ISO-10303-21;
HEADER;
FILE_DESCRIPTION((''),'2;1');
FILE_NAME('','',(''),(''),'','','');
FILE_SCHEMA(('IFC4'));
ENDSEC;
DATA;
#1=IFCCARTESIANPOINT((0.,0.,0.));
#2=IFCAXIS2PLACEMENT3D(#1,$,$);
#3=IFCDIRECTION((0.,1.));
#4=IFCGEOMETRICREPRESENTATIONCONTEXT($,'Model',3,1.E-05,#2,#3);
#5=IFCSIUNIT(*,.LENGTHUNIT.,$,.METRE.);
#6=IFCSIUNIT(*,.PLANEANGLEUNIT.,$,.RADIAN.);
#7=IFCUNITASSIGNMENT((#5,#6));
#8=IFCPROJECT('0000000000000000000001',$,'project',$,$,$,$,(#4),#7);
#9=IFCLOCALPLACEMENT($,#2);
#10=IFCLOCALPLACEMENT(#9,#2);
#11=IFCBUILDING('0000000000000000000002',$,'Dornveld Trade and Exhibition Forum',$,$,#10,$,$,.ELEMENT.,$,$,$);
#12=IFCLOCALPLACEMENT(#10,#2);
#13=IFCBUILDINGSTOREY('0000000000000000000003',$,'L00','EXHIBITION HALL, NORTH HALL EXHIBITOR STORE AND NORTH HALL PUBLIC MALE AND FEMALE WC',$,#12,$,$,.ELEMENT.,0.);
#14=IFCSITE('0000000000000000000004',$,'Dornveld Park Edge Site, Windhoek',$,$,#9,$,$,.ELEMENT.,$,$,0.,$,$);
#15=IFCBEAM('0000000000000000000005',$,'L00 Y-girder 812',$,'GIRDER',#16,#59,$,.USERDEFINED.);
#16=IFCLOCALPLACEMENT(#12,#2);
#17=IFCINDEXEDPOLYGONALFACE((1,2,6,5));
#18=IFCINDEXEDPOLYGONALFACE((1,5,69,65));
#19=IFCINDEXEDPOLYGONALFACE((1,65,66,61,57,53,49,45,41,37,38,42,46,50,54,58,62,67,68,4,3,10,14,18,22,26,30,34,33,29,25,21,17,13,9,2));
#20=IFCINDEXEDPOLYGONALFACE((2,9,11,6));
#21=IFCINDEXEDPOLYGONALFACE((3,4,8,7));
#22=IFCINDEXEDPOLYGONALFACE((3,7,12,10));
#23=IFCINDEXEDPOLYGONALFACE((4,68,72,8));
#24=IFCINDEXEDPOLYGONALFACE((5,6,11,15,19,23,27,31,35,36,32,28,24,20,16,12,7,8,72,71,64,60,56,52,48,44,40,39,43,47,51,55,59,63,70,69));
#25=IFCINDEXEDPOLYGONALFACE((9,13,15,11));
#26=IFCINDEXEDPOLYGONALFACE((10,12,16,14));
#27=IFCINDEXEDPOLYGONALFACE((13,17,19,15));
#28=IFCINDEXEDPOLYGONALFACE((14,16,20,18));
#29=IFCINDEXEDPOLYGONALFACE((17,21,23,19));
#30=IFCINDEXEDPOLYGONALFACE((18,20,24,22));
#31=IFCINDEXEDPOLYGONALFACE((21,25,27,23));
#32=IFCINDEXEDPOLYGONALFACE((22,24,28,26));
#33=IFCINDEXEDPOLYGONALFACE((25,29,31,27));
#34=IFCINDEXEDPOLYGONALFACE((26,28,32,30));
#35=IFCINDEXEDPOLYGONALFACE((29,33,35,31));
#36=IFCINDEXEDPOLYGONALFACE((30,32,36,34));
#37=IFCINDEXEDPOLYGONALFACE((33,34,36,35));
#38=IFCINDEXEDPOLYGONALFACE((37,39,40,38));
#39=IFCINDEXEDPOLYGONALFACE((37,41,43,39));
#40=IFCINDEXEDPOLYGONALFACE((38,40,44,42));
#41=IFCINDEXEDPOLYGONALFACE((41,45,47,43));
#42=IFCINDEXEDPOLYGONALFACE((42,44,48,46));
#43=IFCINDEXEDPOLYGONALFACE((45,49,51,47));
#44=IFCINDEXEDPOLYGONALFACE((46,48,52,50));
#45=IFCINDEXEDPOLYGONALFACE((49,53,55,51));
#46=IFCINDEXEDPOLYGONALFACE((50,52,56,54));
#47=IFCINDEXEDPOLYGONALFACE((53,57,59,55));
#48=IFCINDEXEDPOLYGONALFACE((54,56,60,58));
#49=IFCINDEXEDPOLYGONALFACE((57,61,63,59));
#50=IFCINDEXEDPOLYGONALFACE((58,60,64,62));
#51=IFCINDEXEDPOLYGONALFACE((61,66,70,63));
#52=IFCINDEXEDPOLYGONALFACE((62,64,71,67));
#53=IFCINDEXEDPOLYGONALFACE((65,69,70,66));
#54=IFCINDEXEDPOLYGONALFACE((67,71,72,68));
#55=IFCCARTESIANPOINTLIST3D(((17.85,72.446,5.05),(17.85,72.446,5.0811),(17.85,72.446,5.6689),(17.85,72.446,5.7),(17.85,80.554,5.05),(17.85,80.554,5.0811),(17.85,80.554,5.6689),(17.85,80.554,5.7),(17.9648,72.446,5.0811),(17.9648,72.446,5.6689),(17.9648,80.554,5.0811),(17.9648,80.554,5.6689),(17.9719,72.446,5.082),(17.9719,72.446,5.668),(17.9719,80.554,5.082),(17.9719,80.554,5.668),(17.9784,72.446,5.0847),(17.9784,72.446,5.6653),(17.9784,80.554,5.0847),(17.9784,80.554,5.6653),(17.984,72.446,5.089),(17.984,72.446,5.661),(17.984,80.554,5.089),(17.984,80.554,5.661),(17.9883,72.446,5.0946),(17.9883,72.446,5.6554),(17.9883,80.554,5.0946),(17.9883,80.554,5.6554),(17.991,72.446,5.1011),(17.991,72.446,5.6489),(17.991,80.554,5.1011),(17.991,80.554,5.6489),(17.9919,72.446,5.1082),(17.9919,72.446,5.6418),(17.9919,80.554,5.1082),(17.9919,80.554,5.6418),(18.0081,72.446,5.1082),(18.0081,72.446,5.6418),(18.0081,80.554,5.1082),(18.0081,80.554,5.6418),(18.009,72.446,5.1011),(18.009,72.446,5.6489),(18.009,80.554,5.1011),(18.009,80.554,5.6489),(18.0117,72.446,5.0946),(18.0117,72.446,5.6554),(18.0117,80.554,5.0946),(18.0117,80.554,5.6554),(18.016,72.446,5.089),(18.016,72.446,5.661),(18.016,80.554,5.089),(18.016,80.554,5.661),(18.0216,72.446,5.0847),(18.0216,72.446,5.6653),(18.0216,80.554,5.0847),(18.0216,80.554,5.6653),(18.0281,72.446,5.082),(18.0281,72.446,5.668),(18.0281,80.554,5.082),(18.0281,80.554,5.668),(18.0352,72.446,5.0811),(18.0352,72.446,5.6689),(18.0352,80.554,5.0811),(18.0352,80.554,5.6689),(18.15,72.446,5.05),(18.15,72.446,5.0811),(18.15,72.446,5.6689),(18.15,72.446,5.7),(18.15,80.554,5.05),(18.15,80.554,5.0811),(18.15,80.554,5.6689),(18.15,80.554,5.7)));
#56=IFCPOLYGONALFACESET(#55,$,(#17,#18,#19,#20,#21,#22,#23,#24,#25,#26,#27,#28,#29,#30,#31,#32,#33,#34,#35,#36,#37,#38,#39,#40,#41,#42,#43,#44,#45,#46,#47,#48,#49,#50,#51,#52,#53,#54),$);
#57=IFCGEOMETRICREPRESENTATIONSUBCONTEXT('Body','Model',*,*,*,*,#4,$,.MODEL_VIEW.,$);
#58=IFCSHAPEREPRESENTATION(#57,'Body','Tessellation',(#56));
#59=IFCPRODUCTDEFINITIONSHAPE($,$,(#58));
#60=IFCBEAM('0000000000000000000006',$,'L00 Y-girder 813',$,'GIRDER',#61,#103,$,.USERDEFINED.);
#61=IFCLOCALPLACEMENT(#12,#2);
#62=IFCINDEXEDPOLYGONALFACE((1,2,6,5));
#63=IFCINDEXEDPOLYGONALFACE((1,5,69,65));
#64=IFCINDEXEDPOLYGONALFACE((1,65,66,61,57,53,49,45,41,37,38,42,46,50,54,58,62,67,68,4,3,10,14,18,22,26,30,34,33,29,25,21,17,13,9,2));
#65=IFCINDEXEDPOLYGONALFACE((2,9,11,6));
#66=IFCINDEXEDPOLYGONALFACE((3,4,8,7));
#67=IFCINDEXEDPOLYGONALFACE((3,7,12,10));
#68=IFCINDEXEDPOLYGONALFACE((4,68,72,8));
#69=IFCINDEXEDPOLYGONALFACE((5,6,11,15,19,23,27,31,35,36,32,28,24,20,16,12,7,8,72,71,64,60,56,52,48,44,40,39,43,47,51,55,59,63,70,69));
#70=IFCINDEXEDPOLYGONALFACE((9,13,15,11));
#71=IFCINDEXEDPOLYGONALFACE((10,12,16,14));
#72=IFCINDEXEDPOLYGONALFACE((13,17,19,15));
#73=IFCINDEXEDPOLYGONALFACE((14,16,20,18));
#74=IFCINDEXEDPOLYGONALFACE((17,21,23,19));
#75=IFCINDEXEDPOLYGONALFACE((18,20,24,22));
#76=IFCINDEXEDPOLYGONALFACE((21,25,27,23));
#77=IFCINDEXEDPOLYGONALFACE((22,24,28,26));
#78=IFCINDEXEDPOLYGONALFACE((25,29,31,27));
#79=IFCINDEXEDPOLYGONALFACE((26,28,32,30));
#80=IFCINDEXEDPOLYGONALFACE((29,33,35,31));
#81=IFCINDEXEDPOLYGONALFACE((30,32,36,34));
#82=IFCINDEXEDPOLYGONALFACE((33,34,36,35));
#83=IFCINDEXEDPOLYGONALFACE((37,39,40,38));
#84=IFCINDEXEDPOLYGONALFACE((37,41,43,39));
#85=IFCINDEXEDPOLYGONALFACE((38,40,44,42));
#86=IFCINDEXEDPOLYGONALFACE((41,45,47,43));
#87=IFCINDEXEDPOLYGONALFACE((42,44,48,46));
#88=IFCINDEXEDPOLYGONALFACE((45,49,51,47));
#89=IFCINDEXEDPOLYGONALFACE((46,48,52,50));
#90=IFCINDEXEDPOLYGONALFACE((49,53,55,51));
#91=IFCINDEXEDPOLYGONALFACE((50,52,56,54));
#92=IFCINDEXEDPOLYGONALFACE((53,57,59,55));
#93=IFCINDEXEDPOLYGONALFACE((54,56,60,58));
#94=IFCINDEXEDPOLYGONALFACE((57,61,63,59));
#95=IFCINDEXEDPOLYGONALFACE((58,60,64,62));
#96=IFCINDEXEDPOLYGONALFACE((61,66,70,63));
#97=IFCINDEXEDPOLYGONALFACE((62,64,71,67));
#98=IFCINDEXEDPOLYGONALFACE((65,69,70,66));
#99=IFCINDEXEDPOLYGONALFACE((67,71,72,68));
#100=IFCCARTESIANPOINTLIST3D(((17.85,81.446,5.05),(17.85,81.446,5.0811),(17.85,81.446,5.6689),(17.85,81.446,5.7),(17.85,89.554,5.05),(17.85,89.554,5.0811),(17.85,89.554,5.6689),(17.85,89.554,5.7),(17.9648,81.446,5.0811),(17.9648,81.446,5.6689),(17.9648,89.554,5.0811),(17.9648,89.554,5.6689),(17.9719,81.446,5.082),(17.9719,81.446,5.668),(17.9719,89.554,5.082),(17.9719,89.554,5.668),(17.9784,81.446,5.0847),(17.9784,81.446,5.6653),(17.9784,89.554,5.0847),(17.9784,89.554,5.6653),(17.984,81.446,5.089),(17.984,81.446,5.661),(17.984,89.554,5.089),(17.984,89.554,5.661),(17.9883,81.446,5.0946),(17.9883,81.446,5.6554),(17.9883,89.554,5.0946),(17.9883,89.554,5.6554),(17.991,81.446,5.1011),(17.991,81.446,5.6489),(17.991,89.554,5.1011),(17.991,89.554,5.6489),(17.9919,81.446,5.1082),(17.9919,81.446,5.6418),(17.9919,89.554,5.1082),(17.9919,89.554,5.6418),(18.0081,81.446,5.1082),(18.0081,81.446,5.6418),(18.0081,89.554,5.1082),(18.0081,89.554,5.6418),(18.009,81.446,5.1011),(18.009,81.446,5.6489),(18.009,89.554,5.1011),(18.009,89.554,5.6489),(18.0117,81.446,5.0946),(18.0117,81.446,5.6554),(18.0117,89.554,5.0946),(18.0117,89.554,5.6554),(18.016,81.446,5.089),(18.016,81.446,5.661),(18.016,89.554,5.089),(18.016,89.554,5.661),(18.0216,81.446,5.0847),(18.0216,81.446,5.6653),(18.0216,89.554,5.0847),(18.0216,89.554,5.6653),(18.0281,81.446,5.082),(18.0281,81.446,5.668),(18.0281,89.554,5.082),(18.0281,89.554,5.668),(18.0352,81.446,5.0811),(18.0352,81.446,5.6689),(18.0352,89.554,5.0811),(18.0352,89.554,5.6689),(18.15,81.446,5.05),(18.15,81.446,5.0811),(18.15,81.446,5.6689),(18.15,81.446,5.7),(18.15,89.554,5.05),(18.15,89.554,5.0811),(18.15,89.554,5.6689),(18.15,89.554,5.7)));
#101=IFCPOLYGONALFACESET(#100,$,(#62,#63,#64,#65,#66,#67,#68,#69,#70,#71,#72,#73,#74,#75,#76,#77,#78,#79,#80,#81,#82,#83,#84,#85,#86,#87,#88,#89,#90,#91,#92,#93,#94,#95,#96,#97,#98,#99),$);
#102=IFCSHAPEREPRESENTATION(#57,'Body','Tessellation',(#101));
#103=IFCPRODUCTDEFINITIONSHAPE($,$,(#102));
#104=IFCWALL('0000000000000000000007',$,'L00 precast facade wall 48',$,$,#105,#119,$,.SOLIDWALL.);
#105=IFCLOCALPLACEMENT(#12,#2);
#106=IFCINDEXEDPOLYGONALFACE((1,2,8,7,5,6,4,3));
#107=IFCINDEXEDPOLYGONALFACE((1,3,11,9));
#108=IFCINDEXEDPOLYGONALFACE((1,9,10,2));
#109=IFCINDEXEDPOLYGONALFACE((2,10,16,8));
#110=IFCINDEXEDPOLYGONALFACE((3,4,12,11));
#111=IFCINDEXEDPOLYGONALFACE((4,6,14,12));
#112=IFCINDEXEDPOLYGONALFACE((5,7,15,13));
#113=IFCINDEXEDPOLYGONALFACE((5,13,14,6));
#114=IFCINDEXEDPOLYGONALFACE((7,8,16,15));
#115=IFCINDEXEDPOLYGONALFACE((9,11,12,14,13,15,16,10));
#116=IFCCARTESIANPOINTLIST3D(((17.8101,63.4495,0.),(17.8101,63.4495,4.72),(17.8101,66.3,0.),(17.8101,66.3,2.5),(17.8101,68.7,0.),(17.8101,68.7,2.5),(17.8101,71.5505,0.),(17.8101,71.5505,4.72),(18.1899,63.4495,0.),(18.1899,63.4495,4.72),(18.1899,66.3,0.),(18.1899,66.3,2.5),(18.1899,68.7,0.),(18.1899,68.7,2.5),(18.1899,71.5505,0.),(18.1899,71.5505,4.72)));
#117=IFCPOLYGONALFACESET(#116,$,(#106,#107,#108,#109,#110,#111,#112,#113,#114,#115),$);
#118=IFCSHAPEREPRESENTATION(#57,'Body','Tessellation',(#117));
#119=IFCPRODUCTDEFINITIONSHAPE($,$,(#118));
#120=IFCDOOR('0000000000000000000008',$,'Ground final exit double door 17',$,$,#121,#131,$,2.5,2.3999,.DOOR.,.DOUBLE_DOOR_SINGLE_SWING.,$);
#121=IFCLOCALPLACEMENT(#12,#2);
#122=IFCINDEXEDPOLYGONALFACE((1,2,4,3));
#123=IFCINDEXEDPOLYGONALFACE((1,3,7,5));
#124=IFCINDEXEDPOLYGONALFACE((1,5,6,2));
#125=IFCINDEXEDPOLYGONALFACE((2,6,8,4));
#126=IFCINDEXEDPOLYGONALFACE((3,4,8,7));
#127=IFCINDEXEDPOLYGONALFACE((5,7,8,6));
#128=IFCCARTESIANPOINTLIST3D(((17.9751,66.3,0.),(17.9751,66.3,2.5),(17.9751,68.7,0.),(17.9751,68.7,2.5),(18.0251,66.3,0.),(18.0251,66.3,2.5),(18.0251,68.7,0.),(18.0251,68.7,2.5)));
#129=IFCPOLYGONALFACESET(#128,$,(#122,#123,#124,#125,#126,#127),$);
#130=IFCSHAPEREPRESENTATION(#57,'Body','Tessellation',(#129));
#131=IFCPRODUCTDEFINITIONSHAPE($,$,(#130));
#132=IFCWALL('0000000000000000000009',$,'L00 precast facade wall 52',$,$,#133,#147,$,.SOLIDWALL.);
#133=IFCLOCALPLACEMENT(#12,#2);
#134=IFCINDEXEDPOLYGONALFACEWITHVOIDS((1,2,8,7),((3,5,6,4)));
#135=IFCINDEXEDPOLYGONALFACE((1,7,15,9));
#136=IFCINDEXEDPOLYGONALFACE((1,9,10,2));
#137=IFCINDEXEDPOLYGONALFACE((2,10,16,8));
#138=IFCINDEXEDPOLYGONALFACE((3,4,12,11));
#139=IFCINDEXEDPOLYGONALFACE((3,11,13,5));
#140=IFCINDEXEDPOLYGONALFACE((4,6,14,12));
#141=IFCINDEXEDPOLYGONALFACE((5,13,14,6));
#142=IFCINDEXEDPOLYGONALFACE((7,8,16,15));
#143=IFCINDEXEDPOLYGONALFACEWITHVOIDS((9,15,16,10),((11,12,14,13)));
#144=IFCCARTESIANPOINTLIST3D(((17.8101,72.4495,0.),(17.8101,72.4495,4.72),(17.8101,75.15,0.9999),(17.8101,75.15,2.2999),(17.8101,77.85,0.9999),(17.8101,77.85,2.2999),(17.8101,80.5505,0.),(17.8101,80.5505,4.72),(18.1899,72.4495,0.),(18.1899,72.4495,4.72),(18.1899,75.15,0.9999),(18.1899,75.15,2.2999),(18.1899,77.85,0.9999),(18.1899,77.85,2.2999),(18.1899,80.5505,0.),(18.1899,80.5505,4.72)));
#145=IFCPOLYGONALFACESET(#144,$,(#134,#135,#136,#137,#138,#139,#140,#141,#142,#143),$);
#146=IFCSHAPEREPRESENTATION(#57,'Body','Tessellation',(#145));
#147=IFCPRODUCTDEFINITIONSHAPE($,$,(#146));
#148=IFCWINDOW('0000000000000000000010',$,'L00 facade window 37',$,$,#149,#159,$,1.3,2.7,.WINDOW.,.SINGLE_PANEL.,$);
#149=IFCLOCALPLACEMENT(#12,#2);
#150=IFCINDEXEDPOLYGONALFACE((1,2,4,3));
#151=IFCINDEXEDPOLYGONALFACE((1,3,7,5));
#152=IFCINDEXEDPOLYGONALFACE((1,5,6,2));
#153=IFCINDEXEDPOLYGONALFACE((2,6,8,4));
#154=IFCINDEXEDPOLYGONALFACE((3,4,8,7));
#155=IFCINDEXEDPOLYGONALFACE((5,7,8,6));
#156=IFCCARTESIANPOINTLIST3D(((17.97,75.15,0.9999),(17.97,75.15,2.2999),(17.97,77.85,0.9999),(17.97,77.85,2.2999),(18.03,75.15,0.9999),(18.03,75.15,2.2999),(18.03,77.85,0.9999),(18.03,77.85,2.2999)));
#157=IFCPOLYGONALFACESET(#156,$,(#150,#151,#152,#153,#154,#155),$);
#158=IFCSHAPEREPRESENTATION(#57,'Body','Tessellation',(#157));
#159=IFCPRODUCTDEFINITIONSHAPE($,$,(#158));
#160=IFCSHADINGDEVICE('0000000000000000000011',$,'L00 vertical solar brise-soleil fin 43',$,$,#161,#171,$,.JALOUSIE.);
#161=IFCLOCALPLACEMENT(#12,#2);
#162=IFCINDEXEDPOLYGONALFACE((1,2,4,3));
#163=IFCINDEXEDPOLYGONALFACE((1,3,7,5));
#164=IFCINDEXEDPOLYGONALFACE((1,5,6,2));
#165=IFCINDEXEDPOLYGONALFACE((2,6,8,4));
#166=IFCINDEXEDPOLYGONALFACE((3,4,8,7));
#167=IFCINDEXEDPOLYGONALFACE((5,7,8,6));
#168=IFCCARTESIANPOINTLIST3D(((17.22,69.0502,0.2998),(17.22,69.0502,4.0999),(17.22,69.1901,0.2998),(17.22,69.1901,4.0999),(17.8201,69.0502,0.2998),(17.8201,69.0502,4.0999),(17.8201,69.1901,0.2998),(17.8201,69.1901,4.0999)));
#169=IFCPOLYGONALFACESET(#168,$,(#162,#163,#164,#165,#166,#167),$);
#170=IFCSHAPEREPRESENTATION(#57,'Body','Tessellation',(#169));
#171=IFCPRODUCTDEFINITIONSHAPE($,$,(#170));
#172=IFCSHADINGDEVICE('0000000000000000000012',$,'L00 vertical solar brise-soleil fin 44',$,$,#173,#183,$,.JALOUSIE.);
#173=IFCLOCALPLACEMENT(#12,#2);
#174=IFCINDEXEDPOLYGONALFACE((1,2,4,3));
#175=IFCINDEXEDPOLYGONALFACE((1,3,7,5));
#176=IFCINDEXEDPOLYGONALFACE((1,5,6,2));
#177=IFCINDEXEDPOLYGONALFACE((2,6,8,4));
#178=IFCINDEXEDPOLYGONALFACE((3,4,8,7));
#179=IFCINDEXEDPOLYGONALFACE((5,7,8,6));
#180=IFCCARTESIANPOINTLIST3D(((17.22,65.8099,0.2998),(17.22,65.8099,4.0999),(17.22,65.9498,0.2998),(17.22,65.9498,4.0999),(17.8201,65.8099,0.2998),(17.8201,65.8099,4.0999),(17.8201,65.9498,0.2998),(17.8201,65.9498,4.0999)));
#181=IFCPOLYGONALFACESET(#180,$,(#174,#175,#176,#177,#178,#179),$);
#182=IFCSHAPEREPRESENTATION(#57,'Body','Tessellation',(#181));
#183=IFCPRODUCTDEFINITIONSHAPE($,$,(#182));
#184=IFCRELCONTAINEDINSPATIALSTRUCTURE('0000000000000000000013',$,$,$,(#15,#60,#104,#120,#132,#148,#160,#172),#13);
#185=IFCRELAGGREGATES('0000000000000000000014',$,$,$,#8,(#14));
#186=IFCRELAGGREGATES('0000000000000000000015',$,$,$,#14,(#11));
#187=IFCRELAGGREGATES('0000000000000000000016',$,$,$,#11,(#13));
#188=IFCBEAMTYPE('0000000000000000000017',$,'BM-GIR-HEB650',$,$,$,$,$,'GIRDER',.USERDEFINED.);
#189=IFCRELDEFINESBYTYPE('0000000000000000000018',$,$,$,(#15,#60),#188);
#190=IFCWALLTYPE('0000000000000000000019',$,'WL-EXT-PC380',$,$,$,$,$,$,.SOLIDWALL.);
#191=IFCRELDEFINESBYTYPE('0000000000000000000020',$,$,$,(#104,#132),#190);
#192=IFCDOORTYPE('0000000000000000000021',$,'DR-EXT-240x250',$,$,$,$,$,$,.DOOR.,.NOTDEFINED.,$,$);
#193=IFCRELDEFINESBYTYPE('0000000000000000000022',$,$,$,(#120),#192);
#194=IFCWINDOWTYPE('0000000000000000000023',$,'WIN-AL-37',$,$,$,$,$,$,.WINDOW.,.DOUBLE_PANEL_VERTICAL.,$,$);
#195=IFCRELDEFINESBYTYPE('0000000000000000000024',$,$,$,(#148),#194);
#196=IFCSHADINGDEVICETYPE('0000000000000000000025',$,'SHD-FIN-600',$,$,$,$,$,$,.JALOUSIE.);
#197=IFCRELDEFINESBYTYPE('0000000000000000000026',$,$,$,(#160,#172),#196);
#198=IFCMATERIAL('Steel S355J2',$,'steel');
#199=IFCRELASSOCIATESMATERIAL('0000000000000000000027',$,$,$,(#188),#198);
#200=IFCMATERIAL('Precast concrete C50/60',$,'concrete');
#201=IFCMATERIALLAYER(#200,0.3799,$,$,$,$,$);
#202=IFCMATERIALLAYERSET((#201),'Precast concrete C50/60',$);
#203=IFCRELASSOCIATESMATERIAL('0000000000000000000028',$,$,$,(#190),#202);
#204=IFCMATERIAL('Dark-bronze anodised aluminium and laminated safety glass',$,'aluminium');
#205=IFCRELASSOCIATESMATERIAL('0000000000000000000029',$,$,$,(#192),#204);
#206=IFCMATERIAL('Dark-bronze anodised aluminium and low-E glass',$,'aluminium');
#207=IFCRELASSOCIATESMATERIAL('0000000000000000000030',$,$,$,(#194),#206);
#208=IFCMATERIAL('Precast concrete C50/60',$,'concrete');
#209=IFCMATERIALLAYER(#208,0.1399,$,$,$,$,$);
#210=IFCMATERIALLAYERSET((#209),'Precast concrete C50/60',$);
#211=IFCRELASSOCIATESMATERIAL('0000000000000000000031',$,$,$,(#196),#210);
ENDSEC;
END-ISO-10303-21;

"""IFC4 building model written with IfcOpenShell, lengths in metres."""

from ifc_helpers import new_model, si_unit, direction, frame, frame_2d, origin, origin_2d, place, context, subcontext, project, spatial, rectangle, i_section, extrude, material, layer, layer_set, material_profile, profile_set, type_object, element, fill, save


model = new_model("IFC4")

# Units and contexts
model_context = context("Model", 3, precision=1e-05, world=origin(), true_north=direction((0.0, 1.0)))
body_context = subcontext(model_context, "Body", "Model", "MODEL_VIEW")
ifc_project = project(units=[si_unit("LENGTHUNIT", "METRE"), si_unit("PLANEANGLEUNIT", "RADIAN")], contexts=[model_context])

# Site, building, storey
site_placement = place(None, origin())
site = spatial("IfcSite", under=ifc_project, at=site_placement, Name="Dornveld Park Edge Site, Windhoek", CompositionType="ELEMENT", RefElevation=0.0)
building_placement = place(site_placement, origin())
building = spatial("IfcBuilding", under=site, at=building_placement, Name="Dornveld Trade and Exhibition Forum", CompositionType="ELEMENT")
storey_placement = place(building_placement, origin())
storey = spatial("IfcBuildingStorey", under=building, at=storey_placement, Name="L00", Description="EXHIBITION HALL, NORTH HALL EXHIBITOR STORE AND NORTH HALL PUBLIC MALE AND FEMALE WC", CompositionType="ELEMENT", Elevation=0.0)

# Beams
ifc_material_1 = material(Name="Steel S355J2", Category="steel")
ifc_material_profile_1 = material_profile(ifc_material_1, i_section(OverallWidth=0.3, OverallDepth=0.6499, WebThickness=0.0161, FlangeThickness=0.031, FilletRadius=0.0271, at=origin_2d()), Name="HEB 650")
ifc_profile_set_1 = profile_set([ifc_material_profile_1], Name="Steel S355J2")
beam_type_1 = type_object("IfcBeamType", Name="BM-GIR-HEB650", ElementType="GIRDER", PredefinedType="USERDEFINED", material=ifc_profile_set_1)
for number, where, z_axis, x_axis, name in (
    (1, (18.0, 72.446, 5.375), (0.0, 1.0, 0.0), (-1.0, 0.0, 0.0), "L00 Y-girder 812"),
    (2, (18.0, 81.446, 5.375), (0.0, 1.0, 0.0), (-1.0, 0.0, 0.0), "L00 Y-girder 813"),
):
    element("IfcBeam", number, at=place(storey_placement, frame(where, z_axis=z_axis, x_axis=x_axis)), inside=storey, type_object=beam_type_1, Name=name, ObjectType="GIRDER", PredefinedType="USERDEFINED", context=body_context, shape_type="SweptSolid", body=[
        extrude(i_section(OverallWidth=0.3, OverallDepth=0.6499, WebThickness=0.0161, FlangeThickness=0.031, FilletRadius=0.0271, at=origin_2d()), origin(), (0.0, 0.0, 1.0), 8.1079),
    ])

# Wall, opening, door
ifc_material_2 = material(Name="Precast concrete C50/60", Category="concrete")
ifc_layer_1 = layer(ifc_material_2, 0.3799)
ifc_layer_set_1 = layer_set([ifc_layer_1], Name="Precast concrete C50/60")
wall_type = type_object("IfcWallType", Name="WL-EXT-PC380", PredefinedType="SOLIDWALL", material=ifc_layer_set_1)
wall_1_placement = place(storey_placement, frame((18.0, 71.5505, 0.0), z_axis=(0.0, 0.0, 1.0), x_axis=(0.0, -1.0, 0.0)))
wall_1 = element("IfcWall", 3, at=wall_1_placement, inside=storey, type_object=wall_type, Name="L00 precast facade wall 48", PredefinedType="SOLIDWALL", context=body_context, shape_type="SweptSolid", body=[
    extrude(rectangle(XDim=8.1011, YDim=0.3799, at=frame_2d((4.0505, 0.0))), origin(), (0.0, 0.0, 1.0), 4.72),
])
opening_1_placement = place(wall_1_placement, frame((2.8506, 0.0, 0.0)))
opening_1 = element("IfcOpeningElement", 4, at=opening_1_placement, cuts=wall_1, PredefinedType="OPENING", context=body_context, shape_type="SweptSolid", body=[
    extrude(rectangle(XDim=2.3999, YDim=2.5, at=frame_2d((1.2, 1.25))), frame((0.0, 0.2, 0.0), z_axis=(0.0, -1.0, 0.0), x_axis=(1.0, 0.0, 0.0)), (0.0, 0.0, 1.0), 0.3999),
])
ifc_material_3 = material(Name="Dark-bronze anodised aluminium and laminated safety glass", Category="aluminium")
door_type = type_object("IfcDoorType", Name="DR-EXT-240x250", OperationType="NOTDEFINED", PredefinedType="DOOR", material=ifc_material_3)
door_placement = place(opening_1_placement, frame((2.3999, 0.0, 0.0), z_axis=(0.0, 0.0, 1.0), x_axis=(-1.0, 0.0, 0.0)))
door = element("IfcDoor", 5, at=door_placement, inside=storey, type_object=door_type, Name="Ground final exit double door 17", OperationType="DOUBLE_DOOR_SINGLE_SWING", OverallHeight=2.5, OverallWidth=2.3999, PredefinedType="DOOR", context=body_context, shape_type="SweptSolid", body=[
    extrude(rectangle(XDim=2.3999, YDim=2.5, at=frame_2d((1.2, 1.25))), frame((0.0, 0.0249, 0.0), z_axis=(0.0, -1.0, 0.0), x_axis=(1.0, 0.0, 0.0)), (0.0, 0.0, 1.0), 0.05),
])
fill(opening_1, door)

# Wall, opening, window
wall_2_placement = place(storey_placement, frame((18.0, 80.5505, 0.0), z_axis=(0.0, 0.0, 1.0), x_axis=(0.0, -1.0, 0.0)))
wall_2 = element("IfcWall", 6, at=wall_2_placement, inside=storey, type_object=wall_type, Name="L00 precast facade wall 52", PredefinedType="SOLIDWALL", context=body_context, shape_type="SweptSolid", body=[
    extrude(rectangle(XDim=8.1011, YDim=0.3799, at=frame_2d((4.0505, 0.0))), origin(), (0.0, 0.0, 1.0), 4.72),
])
opening_2_placement = place(wall_2_placement, frame((2.7004, 0.0, 1.0)))
opening_2 = element("IfcOpeningElement", 7, at=opening_2_placement, cuts=wall_2, PredefinedType="OPENING", context=body_context, shape_type="SweptSolid", body=[
    extrude(rectangle(XDim=2.7, YDim=1.3, at=frame_2d((1.3501, 0.6499))), frame((0.0, 0.2, 0.0), z_axis=(0.0, -1.0, 0.0), x_axis=(1.0, 0.0, 0.0)), (0.0, 0.0, 1.0), 0.3999),
])
ifc_material_4 = material(Name="Dark-bronze anodised aluminium and low-E glass", Category="aluminium")
window_type = type_object("IfcWindowType", Name="WIN-AL-37", PartitioningType="DOUBLE_PANEL_VERTICAL", PredefinedType="WINDOW", material=ifc_material_4)
window_placement = place(opening_2_placement, origin())
window = element("IfcWindow", 8, at=window_placement, inside=storey, type_object=window_type, Name="L00 facade window 37", OverallHeight=1.3, OverallWidth=2.7, PartitioningType="SINGLE_PANEL", PredefinedType="WINDOW", context=body_context, shape_type="SweptSolid", body=[
    extrude(rectangle(XDim=2.7, YDim=1.3, at=frame_2d((1.3501, 0.6499))), frame((0.0, 0.03, 0.0), z_axis=(0.0, -1.0, 0.0), x_axis=(1.0, 0.0, 0.0)), (0.0, 0.0, 1.0), 0.0601),
])
fill(opening_2, window)

# Shading devices
ifc_material_5 = material(Name="Precast concrete C50/60", Category="concrete")
ifc_layer_2 = layer(ifc_material_5, 0.1399)
ifc_layer_set_2 = layer_set([ifc_layer_2], Name="Precast concrete C50/60")
shading_device_type = type_object("IfcShadingDeviceType", Name="SHD-FIN-600", PredefinedType="JALOUSIE", material=ifc_layer_set_2)
for number, where, z_axis, x_axis, name in (
    (9, (17.52, 69.1201, 0.2998), (0.0, 0.0, 1.0), (0.0, -1.0, 0.0), "L00 vertical solar brise-soleil fin 43"),
    (10, (17.52, 65.8799, 0.2998), (0.0, 0.0, 1.0), (0.0, -1.0, 0.0), "L00 vertical solar brise-soleil fin 44"),
):
    element("IfcShadingDevice", number, at=place(storey_placement, frame(where, z_axis=z_axis, x_axis=x_axis)), inside=storey, type_object=shading_device_type, Name=name, PredefinedType="JALOUSIE", context=body_context, shape_type="SweptSolid", body=[
        extrude(rectangle(XDim=0.1399, YDim=0.6001, at=origin_2d()), origin(), (0.0, 0.0, 1.0), 3.8),
    ])

save(model, "model.ifc")
